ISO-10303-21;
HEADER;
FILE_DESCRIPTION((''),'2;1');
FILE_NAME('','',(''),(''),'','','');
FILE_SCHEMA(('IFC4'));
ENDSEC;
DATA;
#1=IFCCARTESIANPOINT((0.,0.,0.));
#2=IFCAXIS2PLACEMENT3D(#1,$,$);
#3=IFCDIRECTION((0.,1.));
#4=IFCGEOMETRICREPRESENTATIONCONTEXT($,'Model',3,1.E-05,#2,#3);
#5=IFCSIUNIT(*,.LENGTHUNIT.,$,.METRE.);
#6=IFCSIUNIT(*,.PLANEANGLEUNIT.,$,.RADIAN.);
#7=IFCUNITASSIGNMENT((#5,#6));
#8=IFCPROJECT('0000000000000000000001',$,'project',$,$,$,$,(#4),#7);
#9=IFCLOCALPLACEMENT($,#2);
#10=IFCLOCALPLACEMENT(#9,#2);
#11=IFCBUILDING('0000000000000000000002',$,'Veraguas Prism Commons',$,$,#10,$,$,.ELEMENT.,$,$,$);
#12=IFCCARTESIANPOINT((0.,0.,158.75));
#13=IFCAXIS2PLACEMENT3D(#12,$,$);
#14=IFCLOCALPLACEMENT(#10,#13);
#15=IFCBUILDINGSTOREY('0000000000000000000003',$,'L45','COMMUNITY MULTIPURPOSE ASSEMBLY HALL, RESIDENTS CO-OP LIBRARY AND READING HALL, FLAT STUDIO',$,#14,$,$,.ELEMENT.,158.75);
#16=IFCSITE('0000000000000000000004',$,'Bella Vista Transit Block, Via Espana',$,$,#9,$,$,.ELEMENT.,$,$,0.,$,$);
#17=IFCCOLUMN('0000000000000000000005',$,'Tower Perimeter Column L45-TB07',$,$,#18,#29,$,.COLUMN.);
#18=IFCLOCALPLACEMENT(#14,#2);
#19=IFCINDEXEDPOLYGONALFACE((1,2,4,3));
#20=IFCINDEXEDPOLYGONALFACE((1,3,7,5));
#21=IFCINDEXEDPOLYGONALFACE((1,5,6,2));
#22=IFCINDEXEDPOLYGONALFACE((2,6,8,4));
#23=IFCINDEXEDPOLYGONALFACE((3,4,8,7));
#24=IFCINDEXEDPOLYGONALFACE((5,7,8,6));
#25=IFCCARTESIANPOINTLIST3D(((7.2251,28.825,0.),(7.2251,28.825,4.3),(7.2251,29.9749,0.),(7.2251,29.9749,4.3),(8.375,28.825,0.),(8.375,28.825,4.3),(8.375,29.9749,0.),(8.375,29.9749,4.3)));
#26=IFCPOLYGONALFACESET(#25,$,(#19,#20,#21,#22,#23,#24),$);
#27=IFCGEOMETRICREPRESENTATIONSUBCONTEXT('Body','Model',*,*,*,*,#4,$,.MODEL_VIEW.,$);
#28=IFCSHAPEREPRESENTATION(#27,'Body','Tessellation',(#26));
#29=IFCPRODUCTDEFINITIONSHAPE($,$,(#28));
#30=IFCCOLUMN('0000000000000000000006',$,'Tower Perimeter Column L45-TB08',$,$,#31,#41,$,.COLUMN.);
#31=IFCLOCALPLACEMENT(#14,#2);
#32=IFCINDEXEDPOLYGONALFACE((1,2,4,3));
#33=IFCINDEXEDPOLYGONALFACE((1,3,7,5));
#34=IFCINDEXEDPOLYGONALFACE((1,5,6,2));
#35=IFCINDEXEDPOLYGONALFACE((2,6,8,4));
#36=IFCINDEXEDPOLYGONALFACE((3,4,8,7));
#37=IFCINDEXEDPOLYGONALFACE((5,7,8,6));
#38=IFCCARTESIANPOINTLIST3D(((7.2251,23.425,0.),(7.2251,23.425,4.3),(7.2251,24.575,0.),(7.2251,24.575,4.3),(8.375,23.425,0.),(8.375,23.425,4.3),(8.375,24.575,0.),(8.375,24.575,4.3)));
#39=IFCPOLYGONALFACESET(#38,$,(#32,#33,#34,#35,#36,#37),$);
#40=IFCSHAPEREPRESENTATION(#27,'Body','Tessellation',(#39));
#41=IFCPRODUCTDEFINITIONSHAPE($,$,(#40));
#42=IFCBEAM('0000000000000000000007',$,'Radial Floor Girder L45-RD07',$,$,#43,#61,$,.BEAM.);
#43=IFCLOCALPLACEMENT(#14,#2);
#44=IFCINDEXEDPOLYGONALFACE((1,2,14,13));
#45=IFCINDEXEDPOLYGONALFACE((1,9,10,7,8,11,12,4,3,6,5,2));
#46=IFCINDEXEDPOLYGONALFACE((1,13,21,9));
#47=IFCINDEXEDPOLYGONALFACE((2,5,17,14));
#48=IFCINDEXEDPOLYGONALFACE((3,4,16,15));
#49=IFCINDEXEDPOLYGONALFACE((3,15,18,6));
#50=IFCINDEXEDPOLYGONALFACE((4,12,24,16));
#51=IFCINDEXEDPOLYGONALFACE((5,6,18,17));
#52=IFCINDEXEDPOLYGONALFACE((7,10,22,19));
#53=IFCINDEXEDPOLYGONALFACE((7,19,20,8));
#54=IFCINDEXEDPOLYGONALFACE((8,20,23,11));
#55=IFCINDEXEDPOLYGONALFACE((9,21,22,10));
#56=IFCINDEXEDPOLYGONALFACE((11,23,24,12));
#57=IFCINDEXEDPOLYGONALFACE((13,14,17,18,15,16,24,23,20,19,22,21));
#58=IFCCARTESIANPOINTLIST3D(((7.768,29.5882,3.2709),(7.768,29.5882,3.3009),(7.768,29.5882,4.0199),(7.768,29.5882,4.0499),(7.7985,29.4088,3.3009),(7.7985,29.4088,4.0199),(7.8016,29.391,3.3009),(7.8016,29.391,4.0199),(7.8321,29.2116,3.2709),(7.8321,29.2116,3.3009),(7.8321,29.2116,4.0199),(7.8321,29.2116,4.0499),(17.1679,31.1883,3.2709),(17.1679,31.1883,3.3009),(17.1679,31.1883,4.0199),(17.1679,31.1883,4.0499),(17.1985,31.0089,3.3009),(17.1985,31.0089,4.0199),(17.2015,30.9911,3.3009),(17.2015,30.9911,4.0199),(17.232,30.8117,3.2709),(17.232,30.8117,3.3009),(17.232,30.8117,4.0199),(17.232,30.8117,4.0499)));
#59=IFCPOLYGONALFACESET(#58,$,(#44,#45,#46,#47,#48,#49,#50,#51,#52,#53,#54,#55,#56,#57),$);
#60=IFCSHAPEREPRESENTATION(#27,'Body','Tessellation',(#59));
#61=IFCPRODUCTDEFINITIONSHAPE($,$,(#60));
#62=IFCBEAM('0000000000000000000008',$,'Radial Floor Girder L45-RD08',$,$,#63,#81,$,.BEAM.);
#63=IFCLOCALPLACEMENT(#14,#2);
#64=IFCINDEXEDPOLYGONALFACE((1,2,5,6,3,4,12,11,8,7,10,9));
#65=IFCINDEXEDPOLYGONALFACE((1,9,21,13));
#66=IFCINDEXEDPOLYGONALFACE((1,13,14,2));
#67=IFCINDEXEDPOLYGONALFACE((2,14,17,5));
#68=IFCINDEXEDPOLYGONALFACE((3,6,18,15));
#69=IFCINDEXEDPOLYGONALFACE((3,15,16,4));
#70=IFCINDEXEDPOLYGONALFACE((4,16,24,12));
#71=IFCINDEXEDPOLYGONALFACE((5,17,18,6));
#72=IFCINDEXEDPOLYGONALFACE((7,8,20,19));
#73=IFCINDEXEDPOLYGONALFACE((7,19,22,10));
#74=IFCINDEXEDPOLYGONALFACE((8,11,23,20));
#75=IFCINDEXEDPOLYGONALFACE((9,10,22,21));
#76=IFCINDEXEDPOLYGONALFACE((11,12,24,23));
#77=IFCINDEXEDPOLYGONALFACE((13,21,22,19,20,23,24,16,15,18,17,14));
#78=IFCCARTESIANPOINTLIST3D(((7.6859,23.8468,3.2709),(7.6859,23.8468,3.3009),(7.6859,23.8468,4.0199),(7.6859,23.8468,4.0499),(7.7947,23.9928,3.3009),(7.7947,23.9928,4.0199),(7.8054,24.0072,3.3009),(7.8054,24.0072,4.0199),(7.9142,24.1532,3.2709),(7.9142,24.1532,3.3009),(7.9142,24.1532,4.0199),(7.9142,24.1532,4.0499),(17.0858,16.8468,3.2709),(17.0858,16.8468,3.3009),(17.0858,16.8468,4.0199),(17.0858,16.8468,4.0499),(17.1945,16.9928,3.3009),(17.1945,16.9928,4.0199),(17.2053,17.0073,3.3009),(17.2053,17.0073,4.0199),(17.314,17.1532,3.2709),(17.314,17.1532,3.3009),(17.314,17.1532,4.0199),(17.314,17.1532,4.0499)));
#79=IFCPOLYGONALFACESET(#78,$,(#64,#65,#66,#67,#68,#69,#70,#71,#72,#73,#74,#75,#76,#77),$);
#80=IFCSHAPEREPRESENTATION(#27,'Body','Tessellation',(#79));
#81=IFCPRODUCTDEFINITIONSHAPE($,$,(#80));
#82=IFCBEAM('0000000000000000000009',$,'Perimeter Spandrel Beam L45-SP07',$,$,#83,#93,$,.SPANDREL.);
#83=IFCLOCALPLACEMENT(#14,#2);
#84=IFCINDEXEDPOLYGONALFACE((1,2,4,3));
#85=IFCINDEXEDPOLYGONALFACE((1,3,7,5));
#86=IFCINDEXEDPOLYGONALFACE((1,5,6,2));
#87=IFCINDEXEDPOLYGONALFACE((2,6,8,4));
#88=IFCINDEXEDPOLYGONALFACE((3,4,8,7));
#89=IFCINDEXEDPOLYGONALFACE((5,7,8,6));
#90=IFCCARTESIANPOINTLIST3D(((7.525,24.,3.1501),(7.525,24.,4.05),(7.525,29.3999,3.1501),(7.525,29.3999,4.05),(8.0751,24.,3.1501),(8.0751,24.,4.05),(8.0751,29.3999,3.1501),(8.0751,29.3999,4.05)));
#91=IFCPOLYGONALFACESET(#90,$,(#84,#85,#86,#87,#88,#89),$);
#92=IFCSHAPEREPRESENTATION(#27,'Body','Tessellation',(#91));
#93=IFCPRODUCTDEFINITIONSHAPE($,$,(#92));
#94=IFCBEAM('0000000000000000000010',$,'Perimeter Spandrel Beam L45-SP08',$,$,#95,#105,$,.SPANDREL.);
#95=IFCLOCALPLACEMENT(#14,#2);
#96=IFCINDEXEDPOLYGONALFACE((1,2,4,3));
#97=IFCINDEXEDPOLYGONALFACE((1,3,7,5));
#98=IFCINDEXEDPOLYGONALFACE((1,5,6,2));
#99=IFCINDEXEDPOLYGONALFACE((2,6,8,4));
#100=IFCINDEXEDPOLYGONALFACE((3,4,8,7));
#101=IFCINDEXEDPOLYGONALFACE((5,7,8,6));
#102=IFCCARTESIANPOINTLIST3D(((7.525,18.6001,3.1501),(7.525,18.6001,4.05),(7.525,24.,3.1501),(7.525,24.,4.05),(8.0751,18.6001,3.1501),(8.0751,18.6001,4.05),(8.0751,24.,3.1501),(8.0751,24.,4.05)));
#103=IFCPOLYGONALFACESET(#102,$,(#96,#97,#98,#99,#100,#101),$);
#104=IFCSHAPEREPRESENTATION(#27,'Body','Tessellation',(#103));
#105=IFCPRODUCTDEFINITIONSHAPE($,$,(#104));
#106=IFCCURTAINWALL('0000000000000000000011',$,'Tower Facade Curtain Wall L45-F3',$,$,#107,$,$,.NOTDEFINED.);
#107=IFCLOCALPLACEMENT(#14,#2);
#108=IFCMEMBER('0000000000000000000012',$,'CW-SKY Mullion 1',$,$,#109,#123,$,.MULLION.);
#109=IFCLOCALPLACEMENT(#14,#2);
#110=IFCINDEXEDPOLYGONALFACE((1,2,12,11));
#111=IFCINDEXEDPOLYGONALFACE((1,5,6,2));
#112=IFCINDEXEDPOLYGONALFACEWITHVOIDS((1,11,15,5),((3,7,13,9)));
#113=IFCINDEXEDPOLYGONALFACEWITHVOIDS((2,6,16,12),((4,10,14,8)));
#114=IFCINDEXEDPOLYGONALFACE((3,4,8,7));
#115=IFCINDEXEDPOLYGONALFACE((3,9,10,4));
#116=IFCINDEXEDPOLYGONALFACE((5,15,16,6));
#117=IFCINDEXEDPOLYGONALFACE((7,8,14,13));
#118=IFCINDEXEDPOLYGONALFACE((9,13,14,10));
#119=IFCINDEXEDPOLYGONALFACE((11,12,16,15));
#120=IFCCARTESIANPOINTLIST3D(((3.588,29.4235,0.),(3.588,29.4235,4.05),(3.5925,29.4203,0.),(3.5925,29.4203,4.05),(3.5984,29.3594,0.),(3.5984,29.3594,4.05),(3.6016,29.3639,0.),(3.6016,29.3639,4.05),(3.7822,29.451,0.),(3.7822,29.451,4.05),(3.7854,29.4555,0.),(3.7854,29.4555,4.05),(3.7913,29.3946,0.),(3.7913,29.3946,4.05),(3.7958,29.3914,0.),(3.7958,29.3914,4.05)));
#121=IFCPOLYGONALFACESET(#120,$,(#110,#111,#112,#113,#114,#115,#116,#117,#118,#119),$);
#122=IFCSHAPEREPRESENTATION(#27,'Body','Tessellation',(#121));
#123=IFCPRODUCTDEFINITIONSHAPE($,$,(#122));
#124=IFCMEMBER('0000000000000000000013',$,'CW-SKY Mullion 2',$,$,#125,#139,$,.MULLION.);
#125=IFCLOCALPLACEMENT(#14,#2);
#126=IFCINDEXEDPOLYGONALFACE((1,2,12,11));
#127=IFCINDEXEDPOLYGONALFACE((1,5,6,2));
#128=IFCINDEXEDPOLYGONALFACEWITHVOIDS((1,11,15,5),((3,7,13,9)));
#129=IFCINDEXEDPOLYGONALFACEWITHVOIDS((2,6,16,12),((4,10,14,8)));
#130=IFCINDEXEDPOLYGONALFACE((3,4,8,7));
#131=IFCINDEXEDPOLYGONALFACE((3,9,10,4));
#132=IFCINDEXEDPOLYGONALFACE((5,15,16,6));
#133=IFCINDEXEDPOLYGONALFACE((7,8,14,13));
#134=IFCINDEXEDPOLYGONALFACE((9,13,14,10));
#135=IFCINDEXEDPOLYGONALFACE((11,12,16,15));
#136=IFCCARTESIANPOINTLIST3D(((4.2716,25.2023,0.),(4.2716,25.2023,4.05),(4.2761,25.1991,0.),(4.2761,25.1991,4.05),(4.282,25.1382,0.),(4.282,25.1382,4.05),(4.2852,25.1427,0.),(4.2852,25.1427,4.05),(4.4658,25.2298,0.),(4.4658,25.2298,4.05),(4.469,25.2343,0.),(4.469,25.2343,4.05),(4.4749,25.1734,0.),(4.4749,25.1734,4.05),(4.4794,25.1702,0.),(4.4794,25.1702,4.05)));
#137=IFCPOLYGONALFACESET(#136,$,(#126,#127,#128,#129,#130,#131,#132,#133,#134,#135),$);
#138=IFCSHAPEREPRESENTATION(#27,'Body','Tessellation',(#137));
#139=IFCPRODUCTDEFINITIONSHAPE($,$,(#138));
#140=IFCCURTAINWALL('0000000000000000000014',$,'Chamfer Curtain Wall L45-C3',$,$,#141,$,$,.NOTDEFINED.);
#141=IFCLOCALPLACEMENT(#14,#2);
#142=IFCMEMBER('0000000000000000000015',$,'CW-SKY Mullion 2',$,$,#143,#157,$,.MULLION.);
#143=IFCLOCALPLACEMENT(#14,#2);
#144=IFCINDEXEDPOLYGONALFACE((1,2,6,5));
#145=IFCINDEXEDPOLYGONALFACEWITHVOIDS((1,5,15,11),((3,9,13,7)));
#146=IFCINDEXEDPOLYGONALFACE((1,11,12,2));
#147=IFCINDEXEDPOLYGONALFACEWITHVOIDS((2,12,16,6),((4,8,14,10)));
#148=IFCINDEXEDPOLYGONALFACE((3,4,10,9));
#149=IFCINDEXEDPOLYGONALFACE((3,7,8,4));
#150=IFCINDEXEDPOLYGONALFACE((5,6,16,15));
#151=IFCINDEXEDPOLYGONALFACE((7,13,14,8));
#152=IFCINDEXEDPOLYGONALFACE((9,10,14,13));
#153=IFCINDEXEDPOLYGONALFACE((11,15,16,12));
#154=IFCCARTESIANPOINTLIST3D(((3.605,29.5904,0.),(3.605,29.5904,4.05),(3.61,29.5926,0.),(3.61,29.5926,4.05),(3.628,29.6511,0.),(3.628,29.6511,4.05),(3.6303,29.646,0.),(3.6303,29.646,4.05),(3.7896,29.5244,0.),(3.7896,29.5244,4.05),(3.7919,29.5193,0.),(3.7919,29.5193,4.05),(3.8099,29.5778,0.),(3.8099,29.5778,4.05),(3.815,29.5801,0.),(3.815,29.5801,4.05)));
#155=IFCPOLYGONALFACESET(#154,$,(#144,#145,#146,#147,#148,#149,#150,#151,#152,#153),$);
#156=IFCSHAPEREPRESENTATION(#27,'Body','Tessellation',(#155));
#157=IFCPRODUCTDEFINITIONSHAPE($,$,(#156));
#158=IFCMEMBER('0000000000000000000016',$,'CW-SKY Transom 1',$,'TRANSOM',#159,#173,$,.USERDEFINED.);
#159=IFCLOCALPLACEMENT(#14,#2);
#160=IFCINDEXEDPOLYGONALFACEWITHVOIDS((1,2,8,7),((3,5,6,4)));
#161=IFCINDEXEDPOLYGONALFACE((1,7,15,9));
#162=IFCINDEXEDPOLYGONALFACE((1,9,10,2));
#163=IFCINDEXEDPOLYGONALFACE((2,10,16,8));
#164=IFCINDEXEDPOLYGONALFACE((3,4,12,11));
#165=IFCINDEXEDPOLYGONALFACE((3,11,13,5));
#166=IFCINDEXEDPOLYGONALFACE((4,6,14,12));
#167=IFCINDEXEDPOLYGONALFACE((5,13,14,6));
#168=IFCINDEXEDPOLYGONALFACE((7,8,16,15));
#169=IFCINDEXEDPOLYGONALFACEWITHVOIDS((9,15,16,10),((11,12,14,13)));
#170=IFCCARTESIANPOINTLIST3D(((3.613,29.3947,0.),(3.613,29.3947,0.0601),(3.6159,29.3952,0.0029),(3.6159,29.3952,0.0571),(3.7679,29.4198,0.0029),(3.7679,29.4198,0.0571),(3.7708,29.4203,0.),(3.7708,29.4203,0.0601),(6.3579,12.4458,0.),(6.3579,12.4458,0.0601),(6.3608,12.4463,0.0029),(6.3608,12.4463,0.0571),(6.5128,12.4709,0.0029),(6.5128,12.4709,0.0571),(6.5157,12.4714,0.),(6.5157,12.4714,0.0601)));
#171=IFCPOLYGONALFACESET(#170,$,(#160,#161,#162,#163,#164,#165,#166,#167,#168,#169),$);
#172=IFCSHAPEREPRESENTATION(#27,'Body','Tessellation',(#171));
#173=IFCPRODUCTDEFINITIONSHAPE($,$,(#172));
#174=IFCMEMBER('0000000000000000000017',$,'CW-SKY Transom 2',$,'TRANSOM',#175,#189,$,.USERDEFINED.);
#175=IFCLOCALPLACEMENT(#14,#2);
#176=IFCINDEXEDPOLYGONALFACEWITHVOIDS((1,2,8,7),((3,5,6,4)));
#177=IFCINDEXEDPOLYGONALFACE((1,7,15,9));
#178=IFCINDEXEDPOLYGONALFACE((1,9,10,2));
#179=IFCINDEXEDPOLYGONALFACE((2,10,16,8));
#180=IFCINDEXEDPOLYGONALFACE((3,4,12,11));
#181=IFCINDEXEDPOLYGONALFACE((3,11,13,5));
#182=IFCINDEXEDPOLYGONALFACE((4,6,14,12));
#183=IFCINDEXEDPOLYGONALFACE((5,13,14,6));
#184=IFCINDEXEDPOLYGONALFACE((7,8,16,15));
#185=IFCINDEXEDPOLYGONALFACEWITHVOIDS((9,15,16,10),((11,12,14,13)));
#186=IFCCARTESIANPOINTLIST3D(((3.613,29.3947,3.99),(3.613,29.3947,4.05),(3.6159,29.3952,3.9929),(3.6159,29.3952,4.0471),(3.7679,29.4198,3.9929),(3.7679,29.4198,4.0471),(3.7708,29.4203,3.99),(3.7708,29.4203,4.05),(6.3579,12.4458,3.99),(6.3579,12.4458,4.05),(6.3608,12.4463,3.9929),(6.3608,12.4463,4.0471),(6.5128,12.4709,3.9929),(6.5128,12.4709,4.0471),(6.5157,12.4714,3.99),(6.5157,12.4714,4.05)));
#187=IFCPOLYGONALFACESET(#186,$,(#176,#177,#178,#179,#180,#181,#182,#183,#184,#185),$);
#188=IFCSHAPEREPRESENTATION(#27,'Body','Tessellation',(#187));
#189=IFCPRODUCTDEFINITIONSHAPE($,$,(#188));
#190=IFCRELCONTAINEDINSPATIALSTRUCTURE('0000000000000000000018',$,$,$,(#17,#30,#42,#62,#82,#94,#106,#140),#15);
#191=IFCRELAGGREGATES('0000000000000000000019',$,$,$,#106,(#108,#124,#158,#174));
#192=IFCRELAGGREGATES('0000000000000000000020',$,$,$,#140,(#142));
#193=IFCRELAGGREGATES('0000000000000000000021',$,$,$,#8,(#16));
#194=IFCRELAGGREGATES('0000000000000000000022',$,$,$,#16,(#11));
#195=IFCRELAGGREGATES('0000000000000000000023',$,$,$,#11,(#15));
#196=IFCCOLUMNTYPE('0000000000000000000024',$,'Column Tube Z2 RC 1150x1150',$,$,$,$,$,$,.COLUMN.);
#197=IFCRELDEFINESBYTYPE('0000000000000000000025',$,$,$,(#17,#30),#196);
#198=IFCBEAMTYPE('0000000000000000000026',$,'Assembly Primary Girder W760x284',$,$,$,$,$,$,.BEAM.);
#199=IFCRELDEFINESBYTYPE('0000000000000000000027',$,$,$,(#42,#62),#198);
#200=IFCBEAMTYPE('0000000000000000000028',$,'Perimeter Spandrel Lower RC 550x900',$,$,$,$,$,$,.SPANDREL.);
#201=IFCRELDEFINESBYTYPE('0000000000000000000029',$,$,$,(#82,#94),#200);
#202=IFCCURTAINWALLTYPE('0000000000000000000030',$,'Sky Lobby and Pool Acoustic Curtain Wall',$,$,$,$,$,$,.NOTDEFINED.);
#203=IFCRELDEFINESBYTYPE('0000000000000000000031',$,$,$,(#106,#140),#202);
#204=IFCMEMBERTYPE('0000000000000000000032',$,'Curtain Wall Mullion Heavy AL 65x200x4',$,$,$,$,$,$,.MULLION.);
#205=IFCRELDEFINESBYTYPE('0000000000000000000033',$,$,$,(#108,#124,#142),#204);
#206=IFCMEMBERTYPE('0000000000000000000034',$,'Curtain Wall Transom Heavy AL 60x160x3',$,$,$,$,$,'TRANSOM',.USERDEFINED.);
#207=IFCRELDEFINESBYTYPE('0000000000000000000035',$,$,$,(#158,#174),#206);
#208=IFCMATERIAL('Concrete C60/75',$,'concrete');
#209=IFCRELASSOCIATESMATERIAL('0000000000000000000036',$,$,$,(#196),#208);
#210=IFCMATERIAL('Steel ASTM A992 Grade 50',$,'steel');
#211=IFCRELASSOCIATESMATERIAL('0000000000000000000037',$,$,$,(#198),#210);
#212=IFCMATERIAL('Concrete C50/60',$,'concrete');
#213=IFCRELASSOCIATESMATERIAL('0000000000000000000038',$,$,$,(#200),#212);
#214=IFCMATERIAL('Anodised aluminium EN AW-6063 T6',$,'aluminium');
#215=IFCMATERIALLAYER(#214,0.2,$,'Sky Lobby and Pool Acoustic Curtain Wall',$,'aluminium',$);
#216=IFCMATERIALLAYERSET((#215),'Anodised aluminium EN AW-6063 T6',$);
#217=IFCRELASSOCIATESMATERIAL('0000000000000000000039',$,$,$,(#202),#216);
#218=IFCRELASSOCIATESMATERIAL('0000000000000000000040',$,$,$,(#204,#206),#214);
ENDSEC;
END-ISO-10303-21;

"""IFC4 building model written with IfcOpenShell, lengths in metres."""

from ifc_helpers import new_model, si_unit, direction, frame, origin, origin_2d, place, context, subcontext, project, spatial, rectangle, hollow_rectangle, i_section, extrude, source, transform, mapped, material, layer, layer_set, material_profile, profile_set, type_object, element, aggregate, save


model = new_model("IFC4")

# Units and contexts
model_context = context("Model", 3, precision=1e-05, world=origin(), true_north=direction((0.0, 1.0)))
body_context = subcontext(model_context, "Body", "Model", "MODEL_VIEW")
ifc_project = project(units=[si_unit("LENGTHUNIT", "METRE"), si_unit("PLANEANGLEUNIT", "RADIAN")], contexts=[model_context])

# Site, building, storey
site_placement = place(None, origin())
site = spatial("IfcSite", under=ifc_project, at=site_placement, Name="Bella Vista Transit Block, Via Espana", CompositionType="ELEMENT", RefElevation=0.0)
building_placement = place(site_placement, origin())
building = spatial("IfcBuilding", under=site, at=building_placement, Name="Veraguas Prism Commons", CompositionType="ELEMENT")
storey_placement = place(building_placement, frame((0.0, 0.0, 158.75)))
storey = spatial("IfcBuildingStorey", under=building, at=storey_placement, Name="L45", Description="COMMUNITY MULTIPURPOSE ASSEMBLY HALL, RESIDENTS CO-OP LIBRARY AND READING HALL, FLAT STUDIO", CompositionType="ELEMENT", Elevation=158.75)

# Columns
ifc_material_1 = material(Name="Concrete C60/75", Category="concrete")
ifc_material_profile_1 = material_profile(ifc_material_1, rectangle(XDim=1.1499, YDim=1.1499, at=origin_2d()), Name="RC1150X1150")
ifc_profile_set_1 = profile_set([ifc_material_profile_1], Name="Concrete C60/75")
column_type = type_object("IfcColumnType", Name="Column Tube Z2 RC 1150x1150", PredefinedType="COLUMN", material=ifc_profile_set_1)
for number, where, z_axis, x_axis, name in (
    (1, (7.8, 29.3999, 0.0), (0.0, 0.0, 1.0), (1.0, 0.0, 0.0), "Tower Perimeter Column L45-TB07"),
    (2, (7.8, 24.0, 0.0), (0.0, 0.0, 1.0), (1.0, 0.0, 0.0), "Tower Perimeter Column L45-TB08"),
):
    element("IfcColumn", number, at=place(storey_placement, frame(where, z_axis=z_axis, x_axis=x_axis)), inside=storey, type_object=column_type, Name=name, PredefinedType="COLUMN", context=body_context, shape_type="SweptSolid", body=[
        extrude(rectangle(XDim=1.1499, YDim=1.1499, at=origin_2d()), origin(), (0.0, 0.0, 1.0), 4.3),
    ])

# Beams
ifc_material_2 = material(Name="Steel ASTM A992 Grade 50", Category="steel")
ifc_material_profile_2 = material_profile(ifc_material_2, i_section(OverallWidth=0.3821, OverallDepth=0.7791, WebThickness=0.0181, FlangeThickness=0.03, at=origin_2d()), Name="W760X284")
ifc_profile_set_2 = profile_set([ifc_material_profile_2], Name="Steel ASTM A992 Grade 50")
beam_type_1 = type_object("IfcBeamType", Name="Assembly Primary Girder W760x284", PredefinedType="BEAM", material=ifc_profile_set_2)
beam_1_placement = place(storey_placement, frame((7.8, 29.3999, 3.6604), z_axis=(0.985819, 0.167811, 0.0), x_axis=(-0.167811, 0.985819, 0.0)))
element("IfcBeam", 3, at=beam_1_placement, inside=storey, type_object=beam_type_1, Name="Radial Floor Girder L45-RD07", PredefinedType="BEAM", context=body_context, shape_type="SweptSolid", body=[
    extrude(i_section(OverallWidth=0.3821, OverallDepth=0.7791, WebThickness=0.0181, FlangeThickness=0.03, at=origin_2d()), origin(), (0.0, 0.0, 1.0), 9.5352),
])
beam_2_placement = place(storey_placement, frame((7.8, 24.0, 3.6604), z_axis=(0.80204, -0.59727, 0.0), x_axis=(0.59727, 0.80204, 0.0)))
element("IfcBeam", 4, at=beam_2_placement, inside=storey, type_object=beam_type_1, Name="Radial Floor Girder L45-RD08", PredefinedType="BEAM", context=body_context, shape_type="SweptSolid", body=[
    extrude(i_section(OverallWidth=0.3821, OverallDepth=0.7791, WebThickness=0.0181, FlangeThickness=0.03, at=origin_2d()), origin(), (0.0, 0.0, 1.0), 11.72),
])
ifc_material_3 = material(Name="Concrete C50/60", Category="concrete")
ifc_material_profile_3 = material_profile(ifc_material_3, rectangle(XDim=0.55, YDim=0.8999, at=origin_2d()), Name="RC550X900")
ifc_profile_set_3 = profile_set([ifc_material_profile_3], Name="Concrete C50/60")
beam_type_2 = type_object("IfcBeamType", Name="Perimeter Spandrel Lower RC 550x900", PredefinedType="SPANDREL", material=ifc_profile_set_3)
for number, where, z_axis, x_axis, name in (
    (5, (7.8, 29.3999, 3.6001), (0.0, -1.0, 0.0), (1.0, 0.0, 0.0), "Perimeter Spandrel Beam L45-SP07"),
    (6, (7.8, 24.0, 3.6001), (0.0, -1.0, 0.0), (1.0, 0.0, 0.0), "Perimeter Spandrel Beam L45-SP08"),
):
    element("IfcBeam", number, at=place(storey_placement, frame(where, z_axis=z_axis, x_axis=x_axis)), inside=storey, type_object=beam_type_2, Name=name, PredefinedType="SPANDREL", context=body_context, shape_type="SweptSolid", body=[
        extrude(rectangle(XDim=0.55, YDim=0.8999, at=origin_2d()), origin(), (0.0, 0.0, 1.0), 5.3999),
    ])

# Curtain wall, members
ifc_material_4 = material(Name="Anodised aluminium EN AW-6063 T6", Category="aluminium")
ifc_layer_1 = layer(ifc_material_4, 0.2, Name="Sky Lobby and Pool Acoustic Curtain Wall", Category="aluminium")
ifc_layer_set_1 = layer_set([ifc_layer_1], Name="Anodised aluminium EN AW-6063 T6")
curtain_wall_type = type_object("IfcCurtainWallType", Name="Sky Lobby and Pool Acoustic Curtain Wall", PredefinedType="NOTDEFINED", material=ifc_layer_set_1)
curtain_wall_1_placement = place(storey_placement, origin())
curtain_wall_1 = element("IfcCurtainWall", 7, at=curtain_wall_1_placement, inside=storey, type_object=curtain_wall_type, Name="Tower Facade Curtain Wall L45-F3", PredefinedType="NOTDEFINED")
ifc_material_profile_4 = material_profile(ifc_material_4, hollow_rectangle(XDim=0.0649, YDim=0.2, WallThickness=0.0039, at=origin_2d()), Name="AL65X200X4")
ifc_profile_set_4 = profile_set([ifc_material_profile_4], Name="Anodised aluminium EN AW-6063 T6")
member_type_1 = type_object("IfcMemberType", Name="Curtain Wall Mullion Heavy AL 65x200x4", PredefinedType="MULLION", material=ifc_profile_set_4)
shared_shape_1 = source(origin(), body_context, "Body", "SweptSolid", [
    extrude(hollow_rectangle(XDim=0.0649, YDim=0.2, WallThickness=0.0039, at=origin_2d()), origin(), (0.0, 0.0, 1.0), 4.05),
])
member_1_placement = place(storey_placement, frame((3.6919, 29.4075, 0.0), z_axis=(0.0, 0.0, 1.0), x_axis=(0.159878, -0.987137, 0.0)))
member_1 = element("IfcMember", 8, at=member_1_placement, type_object=member_type_1, Name="CW-SKY Mullion 1", PredefinedType="MULLION", context=body_context, shape_type="MappedRepresentation", body=[
    mapped(shared_shape_1, transform((0.0, 0.0, 0.0), scale=1.0)),
])
member_2_placement = place(storey_placement, frame((4.3755, 25.1863, 0.0), z_axis=(0.0, 0.0, 1.0), x_axis=(0.159878, -0.987137, 0.0)))
member_2 = element("IfcMember", 9, at=member_2_placement, type_object=member_type_1, Name="CW-SKY Mullion 2", PredefinedType="MULLION", context=body_context, shape_type="MappedRepresentation", body=[
    mapped(shared_shape_1, transform((0.0, 0.0, 0.0), scale=1.0)),
])

# Curtain wall, member
curtain_wall_2_placement = place(storey_placement, origin())
curtain_wall_2 = element("IfcCurtainWall", 10, at=curtain_wall_2_placement, inside=storey, type_object=curtain_wall_type, Name="Chamfer Curtain Wall L45-C3", PredefinedType="NOTDEFINED")
member_3_placement = place(storey_placement, frame((3.71, 29.5852, 0.0), z_axis=(0.0, 0.0, 1.0), x_axis=(-0.355115, -0.934823, 0.0)))
member_3 = element("IfcMember", 11, at=member_3_placement, type_object=member_type_1, Name="CW-SKY Mullion 2", PredefinedType="MULLION", context=body_context, shape_type="MappedRepresentation", body=[
    mapped(shared_shape_1, transform((0.0, 0.0, 0.0), scale=1.0)),
])

# Members
ifc_material_profile_5 = material_profile(ifc_material_4, hollow_rectangle(XDim=0.0601, YDim=0.1599, WallThickness=0.0029, at=origin_2d()), Name="AL60X160X3")
ifc_profile_set_5 = profile_set([ifc_material_profile_5], Name="Anodised aluminium EN AW-6063 T6")
member_type_2 = type_object("IfcMemberType", Name="Curtain Wall Transom Heavy AL 60x160x3", ElementType="TRANSOM", PredefinedType="USERDEFINED", material=ifc_profile_set_5)
shared_shape_2 = source(origin(), body_context, "Body", "SweptSolid", [
    extrude(hollow_rectangle(XDim=0.0601, YDim=0.1599, WallThickness=0.0029, at=origin_2d()), origin(), (0.0, 0.0, 1.0), 17.1697),
])
member_4_placement = place(storey_placement, frame((3.6919, 29.4075, 0.03), z_axis=(0.159869, -0.987138, 0.0), x_axis=(0.0, 0.0, 1.0)))
member_4 = element("IfcMember", 12, at=member_4_placement, type_object=member_type_2, Name="CW-SKY Transom 1", ObjectType="TRANSOM", PredefinedType="USERDEFINED", context=body_context, shape_type="MappedRepresentation", body=[
    mapped(shared_shape_2, transform((0.0, 0.0, 0.0), scale=1.0)),
])
member_5_placement = place(storey_placement, frame((3.6919, 29.4075, 4.02), z_axis=(0.159869, -0.987138, 0.0), x_axis=(0.0, 0.0, 1.0)))
member_5 = element("IfcMember", 13, at=member_5_placement, type_object=member_type_2, Name="CW-SKY Transom 2", ObjectType="TRANSOM", PredefinedType="USERDEFINED", context=body_context, shape_type="MappedRepresentation", body=[
    mapped(shared_shape_2, transform((0.0, 0.0, 0.0), scale=1.0)),
])

aggregate(curtain_wall_1, [member_1, member_2, member_4, member_5])
aggregate(curtain_wall_2, [member_3])

save(model, "model.ifc")
